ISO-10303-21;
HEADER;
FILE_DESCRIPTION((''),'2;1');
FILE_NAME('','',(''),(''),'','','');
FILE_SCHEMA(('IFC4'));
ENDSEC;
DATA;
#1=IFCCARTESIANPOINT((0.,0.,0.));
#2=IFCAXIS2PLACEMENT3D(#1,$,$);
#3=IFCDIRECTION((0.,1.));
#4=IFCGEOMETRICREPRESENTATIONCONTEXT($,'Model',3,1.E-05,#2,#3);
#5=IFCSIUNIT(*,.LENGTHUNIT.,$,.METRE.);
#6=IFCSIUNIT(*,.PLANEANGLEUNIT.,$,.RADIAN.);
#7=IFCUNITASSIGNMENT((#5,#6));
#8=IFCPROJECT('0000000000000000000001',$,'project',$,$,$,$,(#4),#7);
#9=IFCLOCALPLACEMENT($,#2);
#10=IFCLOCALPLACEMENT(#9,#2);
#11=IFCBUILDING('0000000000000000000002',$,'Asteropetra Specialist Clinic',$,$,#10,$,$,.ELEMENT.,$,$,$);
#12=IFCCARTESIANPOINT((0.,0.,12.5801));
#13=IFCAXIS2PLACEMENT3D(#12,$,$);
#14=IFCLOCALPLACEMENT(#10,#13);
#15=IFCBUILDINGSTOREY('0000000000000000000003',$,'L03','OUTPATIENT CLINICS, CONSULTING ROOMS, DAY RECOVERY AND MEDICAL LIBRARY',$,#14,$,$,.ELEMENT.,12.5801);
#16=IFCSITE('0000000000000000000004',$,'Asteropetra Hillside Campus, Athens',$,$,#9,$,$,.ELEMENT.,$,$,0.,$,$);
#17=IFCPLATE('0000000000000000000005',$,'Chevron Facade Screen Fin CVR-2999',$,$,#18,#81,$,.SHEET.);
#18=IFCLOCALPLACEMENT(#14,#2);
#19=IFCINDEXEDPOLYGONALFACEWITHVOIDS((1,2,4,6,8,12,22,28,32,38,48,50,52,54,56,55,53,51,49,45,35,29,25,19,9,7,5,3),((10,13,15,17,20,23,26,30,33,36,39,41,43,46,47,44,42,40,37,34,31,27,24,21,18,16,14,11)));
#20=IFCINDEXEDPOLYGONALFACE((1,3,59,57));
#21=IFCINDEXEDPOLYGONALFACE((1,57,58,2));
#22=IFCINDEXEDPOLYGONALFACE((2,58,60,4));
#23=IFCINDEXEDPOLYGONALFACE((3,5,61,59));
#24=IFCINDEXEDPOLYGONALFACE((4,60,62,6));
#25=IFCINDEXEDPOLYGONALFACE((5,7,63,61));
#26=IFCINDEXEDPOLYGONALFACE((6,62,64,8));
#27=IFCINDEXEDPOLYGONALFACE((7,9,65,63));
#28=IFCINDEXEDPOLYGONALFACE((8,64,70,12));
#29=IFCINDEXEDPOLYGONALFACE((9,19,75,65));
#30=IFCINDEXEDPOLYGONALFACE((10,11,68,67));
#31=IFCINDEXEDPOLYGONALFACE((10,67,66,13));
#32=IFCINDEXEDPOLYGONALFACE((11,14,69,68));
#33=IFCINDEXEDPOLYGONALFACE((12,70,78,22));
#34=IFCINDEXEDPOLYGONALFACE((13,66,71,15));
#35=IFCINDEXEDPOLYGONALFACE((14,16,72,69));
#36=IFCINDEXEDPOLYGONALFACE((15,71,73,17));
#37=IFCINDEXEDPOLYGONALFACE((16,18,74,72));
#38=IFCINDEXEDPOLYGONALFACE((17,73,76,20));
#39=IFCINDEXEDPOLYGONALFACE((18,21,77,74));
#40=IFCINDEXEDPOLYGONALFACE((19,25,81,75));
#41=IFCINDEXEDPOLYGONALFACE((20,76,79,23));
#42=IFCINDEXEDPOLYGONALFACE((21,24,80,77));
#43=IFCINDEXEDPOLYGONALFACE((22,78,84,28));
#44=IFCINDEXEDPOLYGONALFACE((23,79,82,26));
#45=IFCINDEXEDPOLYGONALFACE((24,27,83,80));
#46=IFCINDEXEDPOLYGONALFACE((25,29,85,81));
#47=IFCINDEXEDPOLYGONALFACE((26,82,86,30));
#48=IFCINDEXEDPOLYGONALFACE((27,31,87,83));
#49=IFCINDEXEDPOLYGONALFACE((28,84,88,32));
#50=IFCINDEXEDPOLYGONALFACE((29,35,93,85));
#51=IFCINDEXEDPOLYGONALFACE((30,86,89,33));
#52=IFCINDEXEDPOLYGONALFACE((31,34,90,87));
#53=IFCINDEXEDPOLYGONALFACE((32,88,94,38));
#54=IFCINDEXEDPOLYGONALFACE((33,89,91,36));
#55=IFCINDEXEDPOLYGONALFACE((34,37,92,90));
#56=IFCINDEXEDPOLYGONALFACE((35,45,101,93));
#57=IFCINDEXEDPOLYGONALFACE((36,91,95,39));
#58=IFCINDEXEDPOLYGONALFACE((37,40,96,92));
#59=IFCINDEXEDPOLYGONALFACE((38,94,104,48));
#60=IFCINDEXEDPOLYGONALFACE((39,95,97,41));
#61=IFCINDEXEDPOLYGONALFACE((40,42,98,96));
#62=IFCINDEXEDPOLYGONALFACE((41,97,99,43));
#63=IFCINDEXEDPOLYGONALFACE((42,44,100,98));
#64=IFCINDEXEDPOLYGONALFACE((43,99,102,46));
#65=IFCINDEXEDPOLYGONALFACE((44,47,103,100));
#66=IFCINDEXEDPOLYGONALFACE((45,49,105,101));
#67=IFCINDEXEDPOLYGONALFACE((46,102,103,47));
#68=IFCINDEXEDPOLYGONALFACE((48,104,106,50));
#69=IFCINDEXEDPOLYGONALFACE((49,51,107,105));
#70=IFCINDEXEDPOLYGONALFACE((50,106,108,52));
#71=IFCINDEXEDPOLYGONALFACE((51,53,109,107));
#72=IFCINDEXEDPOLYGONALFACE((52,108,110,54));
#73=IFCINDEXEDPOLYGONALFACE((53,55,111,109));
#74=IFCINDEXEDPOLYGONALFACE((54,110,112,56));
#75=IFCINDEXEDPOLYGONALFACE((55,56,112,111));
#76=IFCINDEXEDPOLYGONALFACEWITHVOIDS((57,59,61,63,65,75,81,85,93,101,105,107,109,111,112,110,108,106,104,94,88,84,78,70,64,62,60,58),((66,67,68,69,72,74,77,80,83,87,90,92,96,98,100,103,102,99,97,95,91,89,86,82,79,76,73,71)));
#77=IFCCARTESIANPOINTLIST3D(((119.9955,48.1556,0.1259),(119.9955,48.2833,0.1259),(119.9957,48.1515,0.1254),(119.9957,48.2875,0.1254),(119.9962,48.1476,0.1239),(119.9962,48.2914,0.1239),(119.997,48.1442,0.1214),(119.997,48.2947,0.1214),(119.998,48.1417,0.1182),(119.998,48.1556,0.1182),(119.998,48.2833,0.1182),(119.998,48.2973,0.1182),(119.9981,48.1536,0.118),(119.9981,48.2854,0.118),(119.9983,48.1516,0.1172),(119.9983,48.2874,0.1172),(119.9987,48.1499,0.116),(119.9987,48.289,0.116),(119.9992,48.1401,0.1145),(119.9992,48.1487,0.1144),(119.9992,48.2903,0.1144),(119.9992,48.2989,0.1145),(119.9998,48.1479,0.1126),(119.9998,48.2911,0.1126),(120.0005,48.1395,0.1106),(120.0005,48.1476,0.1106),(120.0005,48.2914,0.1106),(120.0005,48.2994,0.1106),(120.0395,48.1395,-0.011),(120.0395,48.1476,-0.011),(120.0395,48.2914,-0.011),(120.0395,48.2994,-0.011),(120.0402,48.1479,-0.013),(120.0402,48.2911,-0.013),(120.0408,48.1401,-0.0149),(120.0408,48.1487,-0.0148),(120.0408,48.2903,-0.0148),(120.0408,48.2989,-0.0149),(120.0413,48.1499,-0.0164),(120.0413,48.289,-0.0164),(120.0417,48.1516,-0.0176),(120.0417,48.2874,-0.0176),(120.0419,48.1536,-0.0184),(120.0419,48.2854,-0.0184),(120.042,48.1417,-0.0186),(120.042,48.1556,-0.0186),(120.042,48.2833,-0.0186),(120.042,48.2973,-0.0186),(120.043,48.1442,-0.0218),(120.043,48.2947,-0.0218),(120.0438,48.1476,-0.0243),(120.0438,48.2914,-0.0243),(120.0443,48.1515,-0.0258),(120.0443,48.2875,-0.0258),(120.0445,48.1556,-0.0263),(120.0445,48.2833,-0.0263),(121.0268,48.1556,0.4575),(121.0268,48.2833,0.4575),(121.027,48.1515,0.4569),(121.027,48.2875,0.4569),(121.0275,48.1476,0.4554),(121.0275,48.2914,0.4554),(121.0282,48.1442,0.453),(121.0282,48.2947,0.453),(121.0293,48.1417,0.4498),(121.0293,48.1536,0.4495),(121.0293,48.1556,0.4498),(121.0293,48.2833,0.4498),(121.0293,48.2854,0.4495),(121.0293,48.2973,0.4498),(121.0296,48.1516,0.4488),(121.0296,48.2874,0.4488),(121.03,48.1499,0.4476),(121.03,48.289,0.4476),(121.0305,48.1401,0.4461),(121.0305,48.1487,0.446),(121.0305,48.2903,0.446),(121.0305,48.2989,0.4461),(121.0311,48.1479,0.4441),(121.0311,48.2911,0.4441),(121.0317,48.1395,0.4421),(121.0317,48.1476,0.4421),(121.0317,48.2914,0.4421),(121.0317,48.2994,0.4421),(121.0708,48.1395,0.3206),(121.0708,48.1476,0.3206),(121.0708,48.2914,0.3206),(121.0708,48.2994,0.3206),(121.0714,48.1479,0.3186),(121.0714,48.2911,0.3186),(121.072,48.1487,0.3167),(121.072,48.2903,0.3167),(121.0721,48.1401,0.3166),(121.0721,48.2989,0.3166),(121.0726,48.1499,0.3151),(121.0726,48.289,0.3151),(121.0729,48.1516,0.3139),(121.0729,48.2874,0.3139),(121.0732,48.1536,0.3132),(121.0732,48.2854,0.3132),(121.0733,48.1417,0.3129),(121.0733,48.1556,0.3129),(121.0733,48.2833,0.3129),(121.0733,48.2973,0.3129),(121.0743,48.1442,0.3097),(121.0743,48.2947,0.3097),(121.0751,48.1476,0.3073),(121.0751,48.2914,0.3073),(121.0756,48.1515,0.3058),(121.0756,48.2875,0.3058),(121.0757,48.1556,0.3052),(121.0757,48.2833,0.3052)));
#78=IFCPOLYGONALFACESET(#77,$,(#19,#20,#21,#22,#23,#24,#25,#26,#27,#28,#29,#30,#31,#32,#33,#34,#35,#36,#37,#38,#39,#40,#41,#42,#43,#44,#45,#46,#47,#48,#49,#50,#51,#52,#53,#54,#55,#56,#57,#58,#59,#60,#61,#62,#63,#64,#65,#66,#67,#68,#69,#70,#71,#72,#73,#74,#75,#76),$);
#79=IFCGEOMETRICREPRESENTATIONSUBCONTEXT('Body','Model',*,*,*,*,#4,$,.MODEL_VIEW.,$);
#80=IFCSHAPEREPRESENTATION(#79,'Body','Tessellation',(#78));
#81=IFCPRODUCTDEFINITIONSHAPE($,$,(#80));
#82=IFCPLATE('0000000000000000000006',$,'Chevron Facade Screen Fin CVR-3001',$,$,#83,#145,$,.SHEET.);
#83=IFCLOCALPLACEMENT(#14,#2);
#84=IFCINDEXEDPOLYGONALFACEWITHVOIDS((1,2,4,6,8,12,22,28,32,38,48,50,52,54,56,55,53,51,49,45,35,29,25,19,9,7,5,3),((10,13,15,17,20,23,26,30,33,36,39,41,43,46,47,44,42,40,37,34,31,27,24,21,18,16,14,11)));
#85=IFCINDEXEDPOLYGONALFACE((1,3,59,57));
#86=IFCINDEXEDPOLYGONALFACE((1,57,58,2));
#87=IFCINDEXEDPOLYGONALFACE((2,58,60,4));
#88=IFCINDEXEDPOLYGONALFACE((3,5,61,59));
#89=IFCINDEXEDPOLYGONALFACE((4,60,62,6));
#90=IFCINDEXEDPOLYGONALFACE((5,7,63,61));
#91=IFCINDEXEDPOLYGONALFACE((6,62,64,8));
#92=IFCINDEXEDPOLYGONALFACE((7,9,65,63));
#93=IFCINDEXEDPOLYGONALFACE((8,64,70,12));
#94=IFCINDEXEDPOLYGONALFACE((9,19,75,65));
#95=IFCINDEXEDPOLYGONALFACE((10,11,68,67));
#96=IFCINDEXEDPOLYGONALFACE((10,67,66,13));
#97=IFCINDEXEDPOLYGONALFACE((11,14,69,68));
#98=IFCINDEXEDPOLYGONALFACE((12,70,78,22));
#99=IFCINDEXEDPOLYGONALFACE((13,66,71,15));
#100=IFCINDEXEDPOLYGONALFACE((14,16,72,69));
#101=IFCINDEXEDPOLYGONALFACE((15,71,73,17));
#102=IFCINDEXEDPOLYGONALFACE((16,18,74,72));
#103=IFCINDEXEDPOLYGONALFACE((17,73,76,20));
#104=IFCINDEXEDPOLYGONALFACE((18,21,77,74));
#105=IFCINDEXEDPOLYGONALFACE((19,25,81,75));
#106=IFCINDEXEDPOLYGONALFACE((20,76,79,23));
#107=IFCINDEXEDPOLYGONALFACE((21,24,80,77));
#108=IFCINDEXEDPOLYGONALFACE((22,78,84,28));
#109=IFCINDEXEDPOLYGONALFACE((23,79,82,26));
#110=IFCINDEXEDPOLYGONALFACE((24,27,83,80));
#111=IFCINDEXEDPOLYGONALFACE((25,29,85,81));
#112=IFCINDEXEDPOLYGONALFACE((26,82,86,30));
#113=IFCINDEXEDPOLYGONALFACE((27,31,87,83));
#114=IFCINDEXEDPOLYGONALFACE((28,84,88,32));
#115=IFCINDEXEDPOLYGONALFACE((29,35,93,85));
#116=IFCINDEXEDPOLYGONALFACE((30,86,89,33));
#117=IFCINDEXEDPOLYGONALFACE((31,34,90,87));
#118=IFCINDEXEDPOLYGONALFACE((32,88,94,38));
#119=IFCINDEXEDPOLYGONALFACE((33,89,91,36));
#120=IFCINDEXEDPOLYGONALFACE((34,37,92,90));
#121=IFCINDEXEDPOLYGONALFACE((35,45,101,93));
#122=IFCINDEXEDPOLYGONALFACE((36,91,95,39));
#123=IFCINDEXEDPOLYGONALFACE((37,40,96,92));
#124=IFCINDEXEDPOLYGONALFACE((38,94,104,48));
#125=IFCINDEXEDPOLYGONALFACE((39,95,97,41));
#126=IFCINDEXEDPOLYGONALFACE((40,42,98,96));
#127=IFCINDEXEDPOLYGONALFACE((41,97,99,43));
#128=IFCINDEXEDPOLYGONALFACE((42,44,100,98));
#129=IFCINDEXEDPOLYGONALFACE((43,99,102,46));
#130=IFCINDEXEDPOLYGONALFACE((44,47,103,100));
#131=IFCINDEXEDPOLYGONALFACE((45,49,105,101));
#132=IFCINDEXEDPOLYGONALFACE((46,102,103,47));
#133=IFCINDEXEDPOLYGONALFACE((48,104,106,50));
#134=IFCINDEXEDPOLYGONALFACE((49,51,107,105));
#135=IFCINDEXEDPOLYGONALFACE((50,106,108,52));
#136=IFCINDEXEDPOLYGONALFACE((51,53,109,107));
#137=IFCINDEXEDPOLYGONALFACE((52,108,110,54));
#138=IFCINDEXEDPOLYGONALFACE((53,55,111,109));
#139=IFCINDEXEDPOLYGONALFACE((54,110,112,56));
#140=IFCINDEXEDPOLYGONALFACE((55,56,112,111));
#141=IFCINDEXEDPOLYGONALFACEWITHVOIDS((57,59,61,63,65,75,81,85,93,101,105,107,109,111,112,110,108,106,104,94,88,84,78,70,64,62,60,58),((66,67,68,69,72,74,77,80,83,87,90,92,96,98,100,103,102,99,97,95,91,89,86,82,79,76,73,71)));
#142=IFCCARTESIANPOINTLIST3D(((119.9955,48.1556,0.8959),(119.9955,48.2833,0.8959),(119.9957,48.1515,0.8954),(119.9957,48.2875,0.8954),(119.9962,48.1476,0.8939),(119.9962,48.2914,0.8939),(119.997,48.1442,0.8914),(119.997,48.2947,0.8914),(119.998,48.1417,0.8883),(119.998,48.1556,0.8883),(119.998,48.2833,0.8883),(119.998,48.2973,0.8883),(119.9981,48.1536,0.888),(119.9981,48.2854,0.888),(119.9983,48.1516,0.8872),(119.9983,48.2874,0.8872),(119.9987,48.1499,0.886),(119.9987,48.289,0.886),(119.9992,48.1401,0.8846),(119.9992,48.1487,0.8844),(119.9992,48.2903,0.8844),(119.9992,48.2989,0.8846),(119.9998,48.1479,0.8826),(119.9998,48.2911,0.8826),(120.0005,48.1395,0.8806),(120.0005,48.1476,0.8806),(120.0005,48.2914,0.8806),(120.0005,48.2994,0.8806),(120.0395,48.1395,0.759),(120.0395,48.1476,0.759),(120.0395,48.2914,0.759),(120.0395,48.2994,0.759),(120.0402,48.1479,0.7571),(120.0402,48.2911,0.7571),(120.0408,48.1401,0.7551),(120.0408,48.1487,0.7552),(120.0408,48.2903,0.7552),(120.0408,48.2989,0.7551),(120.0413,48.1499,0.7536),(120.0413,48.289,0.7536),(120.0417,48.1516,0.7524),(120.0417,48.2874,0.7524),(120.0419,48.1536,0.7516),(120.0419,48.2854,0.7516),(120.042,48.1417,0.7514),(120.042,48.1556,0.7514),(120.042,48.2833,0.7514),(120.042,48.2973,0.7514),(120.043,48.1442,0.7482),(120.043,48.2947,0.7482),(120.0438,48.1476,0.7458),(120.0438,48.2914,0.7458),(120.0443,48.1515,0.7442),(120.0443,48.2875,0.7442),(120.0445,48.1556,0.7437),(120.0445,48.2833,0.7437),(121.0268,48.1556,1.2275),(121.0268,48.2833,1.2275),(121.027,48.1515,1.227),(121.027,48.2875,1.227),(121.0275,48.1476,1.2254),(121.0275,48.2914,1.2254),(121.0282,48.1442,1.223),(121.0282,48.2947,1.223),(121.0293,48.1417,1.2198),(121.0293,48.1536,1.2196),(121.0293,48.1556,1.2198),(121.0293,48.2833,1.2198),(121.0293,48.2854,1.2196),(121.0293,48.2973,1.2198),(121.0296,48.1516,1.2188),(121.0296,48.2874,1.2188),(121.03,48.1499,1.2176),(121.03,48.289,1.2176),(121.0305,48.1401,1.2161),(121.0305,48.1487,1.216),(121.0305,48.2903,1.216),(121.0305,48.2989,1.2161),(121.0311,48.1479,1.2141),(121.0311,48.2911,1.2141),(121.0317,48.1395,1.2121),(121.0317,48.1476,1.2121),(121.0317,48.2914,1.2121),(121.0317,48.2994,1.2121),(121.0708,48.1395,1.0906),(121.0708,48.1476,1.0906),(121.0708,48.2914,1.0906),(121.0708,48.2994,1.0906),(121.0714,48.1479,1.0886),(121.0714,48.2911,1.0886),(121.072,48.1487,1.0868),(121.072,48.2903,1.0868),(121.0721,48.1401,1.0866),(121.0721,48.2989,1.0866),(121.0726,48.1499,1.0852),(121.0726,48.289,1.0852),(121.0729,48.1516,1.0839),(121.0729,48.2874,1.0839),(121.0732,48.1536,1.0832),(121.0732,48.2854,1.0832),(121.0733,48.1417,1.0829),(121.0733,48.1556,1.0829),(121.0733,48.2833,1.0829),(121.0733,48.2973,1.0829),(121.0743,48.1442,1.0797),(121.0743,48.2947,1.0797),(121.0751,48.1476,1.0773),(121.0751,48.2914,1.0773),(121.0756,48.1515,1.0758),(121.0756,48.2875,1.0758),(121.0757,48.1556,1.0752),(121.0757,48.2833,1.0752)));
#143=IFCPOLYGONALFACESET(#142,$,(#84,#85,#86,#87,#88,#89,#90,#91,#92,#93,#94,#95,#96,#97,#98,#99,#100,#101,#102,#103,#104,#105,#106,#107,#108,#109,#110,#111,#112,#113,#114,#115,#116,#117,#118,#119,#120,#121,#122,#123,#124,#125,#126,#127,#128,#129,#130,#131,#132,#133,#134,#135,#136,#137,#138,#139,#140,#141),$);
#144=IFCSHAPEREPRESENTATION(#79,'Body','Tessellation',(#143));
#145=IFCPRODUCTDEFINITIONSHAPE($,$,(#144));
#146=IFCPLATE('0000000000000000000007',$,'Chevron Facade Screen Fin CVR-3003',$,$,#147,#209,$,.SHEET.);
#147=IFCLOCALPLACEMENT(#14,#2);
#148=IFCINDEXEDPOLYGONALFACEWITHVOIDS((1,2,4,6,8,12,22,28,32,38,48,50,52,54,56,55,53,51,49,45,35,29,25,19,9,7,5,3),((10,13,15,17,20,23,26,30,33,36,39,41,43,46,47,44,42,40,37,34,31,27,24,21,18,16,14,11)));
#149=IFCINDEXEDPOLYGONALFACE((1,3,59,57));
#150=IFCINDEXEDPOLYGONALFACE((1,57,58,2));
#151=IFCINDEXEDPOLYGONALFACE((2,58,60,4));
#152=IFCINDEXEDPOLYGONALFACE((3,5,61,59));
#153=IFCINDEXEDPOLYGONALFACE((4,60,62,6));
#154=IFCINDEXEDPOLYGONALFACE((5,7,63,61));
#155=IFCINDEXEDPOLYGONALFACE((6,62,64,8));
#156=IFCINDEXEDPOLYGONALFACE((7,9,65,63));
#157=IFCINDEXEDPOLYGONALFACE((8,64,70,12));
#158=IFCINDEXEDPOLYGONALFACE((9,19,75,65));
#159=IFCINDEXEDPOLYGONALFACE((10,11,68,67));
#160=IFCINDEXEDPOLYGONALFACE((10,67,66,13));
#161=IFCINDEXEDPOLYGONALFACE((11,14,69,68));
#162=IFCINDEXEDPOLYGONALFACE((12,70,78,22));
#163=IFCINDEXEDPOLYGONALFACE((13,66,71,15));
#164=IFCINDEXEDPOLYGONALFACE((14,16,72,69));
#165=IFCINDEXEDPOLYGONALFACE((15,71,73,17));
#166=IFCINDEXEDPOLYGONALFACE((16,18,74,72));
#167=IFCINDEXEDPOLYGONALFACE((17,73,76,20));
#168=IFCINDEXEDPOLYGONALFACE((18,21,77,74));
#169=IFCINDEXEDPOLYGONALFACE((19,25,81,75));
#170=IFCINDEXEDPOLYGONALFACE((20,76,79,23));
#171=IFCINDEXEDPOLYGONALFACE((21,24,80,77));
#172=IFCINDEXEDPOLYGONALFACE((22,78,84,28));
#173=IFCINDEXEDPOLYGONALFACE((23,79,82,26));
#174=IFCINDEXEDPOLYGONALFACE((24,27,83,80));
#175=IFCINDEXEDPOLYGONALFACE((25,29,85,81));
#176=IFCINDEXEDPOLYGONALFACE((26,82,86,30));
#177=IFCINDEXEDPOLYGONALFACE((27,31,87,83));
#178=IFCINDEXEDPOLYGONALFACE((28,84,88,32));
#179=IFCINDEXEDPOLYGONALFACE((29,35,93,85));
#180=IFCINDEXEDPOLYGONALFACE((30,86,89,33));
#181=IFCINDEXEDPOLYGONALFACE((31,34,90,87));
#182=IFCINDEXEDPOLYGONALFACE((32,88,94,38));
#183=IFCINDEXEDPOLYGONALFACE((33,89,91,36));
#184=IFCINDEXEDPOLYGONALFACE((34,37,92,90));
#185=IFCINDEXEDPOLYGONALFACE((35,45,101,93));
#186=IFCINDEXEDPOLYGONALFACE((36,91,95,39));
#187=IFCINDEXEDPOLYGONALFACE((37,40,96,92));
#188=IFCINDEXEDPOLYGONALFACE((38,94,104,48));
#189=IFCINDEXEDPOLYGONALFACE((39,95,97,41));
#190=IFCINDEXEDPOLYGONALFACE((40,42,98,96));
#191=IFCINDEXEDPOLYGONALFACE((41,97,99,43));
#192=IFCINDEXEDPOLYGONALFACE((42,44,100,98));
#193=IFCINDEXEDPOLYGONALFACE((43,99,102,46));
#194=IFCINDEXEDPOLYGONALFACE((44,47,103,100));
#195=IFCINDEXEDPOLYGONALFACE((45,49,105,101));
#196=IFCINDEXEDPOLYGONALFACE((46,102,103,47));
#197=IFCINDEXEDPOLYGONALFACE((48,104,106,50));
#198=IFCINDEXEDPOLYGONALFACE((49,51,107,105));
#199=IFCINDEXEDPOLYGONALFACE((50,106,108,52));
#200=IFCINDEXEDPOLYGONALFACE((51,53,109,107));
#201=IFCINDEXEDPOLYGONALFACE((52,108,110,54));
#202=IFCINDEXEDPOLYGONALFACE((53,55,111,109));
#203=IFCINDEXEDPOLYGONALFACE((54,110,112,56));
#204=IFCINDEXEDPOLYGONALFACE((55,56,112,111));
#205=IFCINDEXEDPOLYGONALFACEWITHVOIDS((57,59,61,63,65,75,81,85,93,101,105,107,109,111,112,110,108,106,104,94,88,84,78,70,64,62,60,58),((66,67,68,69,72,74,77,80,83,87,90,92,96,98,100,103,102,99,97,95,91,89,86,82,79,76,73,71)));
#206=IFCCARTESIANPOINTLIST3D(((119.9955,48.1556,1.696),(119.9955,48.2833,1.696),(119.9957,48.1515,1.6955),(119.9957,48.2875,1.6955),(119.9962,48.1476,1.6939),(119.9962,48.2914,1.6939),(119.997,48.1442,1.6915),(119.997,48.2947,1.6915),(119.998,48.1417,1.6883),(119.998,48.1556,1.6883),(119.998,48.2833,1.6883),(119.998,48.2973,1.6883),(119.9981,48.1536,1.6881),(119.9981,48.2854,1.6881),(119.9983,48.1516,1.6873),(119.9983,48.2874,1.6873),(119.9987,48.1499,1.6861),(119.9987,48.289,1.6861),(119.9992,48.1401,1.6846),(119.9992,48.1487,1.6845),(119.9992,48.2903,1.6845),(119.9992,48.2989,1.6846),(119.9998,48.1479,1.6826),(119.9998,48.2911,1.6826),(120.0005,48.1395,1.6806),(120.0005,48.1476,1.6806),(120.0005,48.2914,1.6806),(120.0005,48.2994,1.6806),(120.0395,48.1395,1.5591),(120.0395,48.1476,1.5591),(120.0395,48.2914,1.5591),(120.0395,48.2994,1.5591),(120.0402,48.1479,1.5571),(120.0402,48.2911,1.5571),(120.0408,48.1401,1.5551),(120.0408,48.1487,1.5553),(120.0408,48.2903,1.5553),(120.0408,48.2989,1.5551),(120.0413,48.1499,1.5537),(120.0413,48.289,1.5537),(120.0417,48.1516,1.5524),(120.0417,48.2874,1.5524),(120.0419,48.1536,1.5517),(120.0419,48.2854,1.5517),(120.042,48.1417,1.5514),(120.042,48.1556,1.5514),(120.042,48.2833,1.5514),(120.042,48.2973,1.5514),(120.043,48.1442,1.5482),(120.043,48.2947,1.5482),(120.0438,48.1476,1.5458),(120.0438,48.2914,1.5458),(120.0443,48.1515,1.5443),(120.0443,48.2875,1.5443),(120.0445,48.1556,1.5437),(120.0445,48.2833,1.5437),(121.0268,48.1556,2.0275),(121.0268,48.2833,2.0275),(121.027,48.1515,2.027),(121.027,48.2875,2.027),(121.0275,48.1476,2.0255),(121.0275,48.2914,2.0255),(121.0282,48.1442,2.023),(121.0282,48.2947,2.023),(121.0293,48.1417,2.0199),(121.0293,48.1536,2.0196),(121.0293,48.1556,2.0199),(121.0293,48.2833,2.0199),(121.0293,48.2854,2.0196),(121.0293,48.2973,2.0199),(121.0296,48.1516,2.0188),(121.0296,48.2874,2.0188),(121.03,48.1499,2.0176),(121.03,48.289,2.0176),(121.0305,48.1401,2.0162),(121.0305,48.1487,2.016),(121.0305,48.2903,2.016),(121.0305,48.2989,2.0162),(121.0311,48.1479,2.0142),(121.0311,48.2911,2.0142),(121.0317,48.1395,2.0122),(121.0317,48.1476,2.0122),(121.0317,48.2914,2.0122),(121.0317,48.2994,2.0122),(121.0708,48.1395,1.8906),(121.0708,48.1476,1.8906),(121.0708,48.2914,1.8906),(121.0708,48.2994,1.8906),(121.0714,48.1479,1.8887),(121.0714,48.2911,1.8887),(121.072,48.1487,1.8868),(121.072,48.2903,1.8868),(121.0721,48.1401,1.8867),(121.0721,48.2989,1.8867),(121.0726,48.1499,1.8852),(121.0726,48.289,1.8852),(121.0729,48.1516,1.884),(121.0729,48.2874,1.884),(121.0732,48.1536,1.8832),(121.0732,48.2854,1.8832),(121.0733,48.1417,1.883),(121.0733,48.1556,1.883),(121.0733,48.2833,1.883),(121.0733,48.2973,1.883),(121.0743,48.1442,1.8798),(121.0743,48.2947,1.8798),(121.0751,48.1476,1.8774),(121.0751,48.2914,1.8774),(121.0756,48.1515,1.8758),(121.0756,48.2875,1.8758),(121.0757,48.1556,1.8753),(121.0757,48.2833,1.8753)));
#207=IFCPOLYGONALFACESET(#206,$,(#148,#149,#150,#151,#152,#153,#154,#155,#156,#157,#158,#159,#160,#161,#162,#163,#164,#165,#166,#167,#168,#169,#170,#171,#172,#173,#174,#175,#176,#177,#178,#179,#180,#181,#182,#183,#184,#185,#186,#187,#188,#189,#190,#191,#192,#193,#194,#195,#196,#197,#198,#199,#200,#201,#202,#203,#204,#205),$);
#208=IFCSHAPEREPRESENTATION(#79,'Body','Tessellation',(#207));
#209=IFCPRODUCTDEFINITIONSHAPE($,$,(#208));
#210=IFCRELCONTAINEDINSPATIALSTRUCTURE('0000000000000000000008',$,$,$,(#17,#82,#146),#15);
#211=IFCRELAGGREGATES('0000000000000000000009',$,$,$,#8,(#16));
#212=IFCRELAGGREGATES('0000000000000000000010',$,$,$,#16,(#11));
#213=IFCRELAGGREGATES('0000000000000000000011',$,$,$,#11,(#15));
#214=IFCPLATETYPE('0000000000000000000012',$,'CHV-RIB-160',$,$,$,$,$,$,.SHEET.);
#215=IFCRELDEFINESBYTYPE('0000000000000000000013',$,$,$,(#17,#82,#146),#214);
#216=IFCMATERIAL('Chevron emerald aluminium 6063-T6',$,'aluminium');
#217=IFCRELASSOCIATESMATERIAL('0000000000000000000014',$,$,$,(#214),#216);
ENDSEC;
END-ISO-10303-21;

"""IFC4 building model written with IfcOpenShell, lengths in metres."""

from ifc_helpers import new_model, si_unit, direction, frame, origin, origin_2d, place, context, subcontext, project, spatial, hollow_rectangle, extrude, material, material_profile, profile_set, type_object, element, save


model = new_model("IFC4")

# Units and contexts
model_context = context("Model", 3, precision=1e-05, world=origin(), true_north=direction((0.0, 1.0)))
body_context = subcontext(model_context, "Body", "Model", "MODEL_VIEW")
ifc_project = project(units=[si_unit("LENGTHUNIT", "METRE"), si_unit("PLANEANGLEUNIT", "RADIAN")], contexts=[model_context])

# Site, building, storey
site_placement = place(None, origin())
site = spatial("IfcSite", under=ifc_project, at=site_placement, Name="Asteropetra Hillside Campus, Athens", CompositionType="ELEMENT", RefElevation=0.0)
building_placement = place(site_placement, origin())
building = spatial("IfcBuilding", under=site, at=building_placement, Name="Asteropetra Specialist Clinic", CompositionType="ELEMENT")
storey_placement = place(building_placement, frame((0.0, 0.0, 12.5801)))
storey = spatial("IfcBuildingStorey", under=building, at=storey_placement, Name="L03", Description="OUTPATIENT CLINICS, CONSULTING ROOMS, DAY RECOVERY AND MEDICAL LIBRARY", CompositionType="ELEMENT", Elevation=12.5801)

# Plates
ifc_material_1 = material(Name="Chevron emerald aluminium 6063-T6", Category="aluminium")
ifc_material_profile = material_profile(ifc_material_1, hollow_rectangle(XDim=0.1599, YDim=0.1599, WallThickness=0.0081, InnerFilletRadius=0.0081, OuterFilletRadius=0.0161, at=origin_2d()), Name="SHS 160x160x8.0")
ifc_profile_set = profile_set([ifc_material_profile], Name="Chevron emerald aluminium 6063-T6")
plate_type_1 = type_object("IfcPlateType", Name="CHV-RIB-160", PredefinedType="SHEET", material=ifc_profile_set)
for number, where, z_axis, x_axis, name in (
    (1, (121.0513, 48.2195, 0.3813), (-0.95201, 0.0, -0.306068), (0.0, -1.0, 0.0), "Chevron Facade Screen Fin CVR-2999"),
    (2, (121.0513, 48.2195, 1.1514), (-0.95201, 0.0, -0.306068), (0.0, -1.0, 0.0), "Chevron Facade Screen Fin CVR-3001"),
    (3, (121.0513, 48.2195, 1.9514), (-0.95201, 0.0, -0.306068), (0.0, -1.0, 0.0), "Chevron Facade Screen Fin CVR-3003"),
):
    element("IfcPlate", number, at=place(storey_placement, frame(where, z_axis=z_axis, x_axis=x_axis)), inside=storey, type_object=plate_type_1, Name=name, PredefinedType="SHEET", context=body_context, shape_type="SweptSolid", body=[
        extrude(hollow_rectangle(XDim=0.1599, YDim=0.1599, WallThickness=0.0081, InnerFilletRadius=0.0081, OuterFilletRadius=0.0161, at=origin_2d()), origin(), (0.0, 0.0, 1.0), 1.0833),
    ])

save(model, "model.ifc")
